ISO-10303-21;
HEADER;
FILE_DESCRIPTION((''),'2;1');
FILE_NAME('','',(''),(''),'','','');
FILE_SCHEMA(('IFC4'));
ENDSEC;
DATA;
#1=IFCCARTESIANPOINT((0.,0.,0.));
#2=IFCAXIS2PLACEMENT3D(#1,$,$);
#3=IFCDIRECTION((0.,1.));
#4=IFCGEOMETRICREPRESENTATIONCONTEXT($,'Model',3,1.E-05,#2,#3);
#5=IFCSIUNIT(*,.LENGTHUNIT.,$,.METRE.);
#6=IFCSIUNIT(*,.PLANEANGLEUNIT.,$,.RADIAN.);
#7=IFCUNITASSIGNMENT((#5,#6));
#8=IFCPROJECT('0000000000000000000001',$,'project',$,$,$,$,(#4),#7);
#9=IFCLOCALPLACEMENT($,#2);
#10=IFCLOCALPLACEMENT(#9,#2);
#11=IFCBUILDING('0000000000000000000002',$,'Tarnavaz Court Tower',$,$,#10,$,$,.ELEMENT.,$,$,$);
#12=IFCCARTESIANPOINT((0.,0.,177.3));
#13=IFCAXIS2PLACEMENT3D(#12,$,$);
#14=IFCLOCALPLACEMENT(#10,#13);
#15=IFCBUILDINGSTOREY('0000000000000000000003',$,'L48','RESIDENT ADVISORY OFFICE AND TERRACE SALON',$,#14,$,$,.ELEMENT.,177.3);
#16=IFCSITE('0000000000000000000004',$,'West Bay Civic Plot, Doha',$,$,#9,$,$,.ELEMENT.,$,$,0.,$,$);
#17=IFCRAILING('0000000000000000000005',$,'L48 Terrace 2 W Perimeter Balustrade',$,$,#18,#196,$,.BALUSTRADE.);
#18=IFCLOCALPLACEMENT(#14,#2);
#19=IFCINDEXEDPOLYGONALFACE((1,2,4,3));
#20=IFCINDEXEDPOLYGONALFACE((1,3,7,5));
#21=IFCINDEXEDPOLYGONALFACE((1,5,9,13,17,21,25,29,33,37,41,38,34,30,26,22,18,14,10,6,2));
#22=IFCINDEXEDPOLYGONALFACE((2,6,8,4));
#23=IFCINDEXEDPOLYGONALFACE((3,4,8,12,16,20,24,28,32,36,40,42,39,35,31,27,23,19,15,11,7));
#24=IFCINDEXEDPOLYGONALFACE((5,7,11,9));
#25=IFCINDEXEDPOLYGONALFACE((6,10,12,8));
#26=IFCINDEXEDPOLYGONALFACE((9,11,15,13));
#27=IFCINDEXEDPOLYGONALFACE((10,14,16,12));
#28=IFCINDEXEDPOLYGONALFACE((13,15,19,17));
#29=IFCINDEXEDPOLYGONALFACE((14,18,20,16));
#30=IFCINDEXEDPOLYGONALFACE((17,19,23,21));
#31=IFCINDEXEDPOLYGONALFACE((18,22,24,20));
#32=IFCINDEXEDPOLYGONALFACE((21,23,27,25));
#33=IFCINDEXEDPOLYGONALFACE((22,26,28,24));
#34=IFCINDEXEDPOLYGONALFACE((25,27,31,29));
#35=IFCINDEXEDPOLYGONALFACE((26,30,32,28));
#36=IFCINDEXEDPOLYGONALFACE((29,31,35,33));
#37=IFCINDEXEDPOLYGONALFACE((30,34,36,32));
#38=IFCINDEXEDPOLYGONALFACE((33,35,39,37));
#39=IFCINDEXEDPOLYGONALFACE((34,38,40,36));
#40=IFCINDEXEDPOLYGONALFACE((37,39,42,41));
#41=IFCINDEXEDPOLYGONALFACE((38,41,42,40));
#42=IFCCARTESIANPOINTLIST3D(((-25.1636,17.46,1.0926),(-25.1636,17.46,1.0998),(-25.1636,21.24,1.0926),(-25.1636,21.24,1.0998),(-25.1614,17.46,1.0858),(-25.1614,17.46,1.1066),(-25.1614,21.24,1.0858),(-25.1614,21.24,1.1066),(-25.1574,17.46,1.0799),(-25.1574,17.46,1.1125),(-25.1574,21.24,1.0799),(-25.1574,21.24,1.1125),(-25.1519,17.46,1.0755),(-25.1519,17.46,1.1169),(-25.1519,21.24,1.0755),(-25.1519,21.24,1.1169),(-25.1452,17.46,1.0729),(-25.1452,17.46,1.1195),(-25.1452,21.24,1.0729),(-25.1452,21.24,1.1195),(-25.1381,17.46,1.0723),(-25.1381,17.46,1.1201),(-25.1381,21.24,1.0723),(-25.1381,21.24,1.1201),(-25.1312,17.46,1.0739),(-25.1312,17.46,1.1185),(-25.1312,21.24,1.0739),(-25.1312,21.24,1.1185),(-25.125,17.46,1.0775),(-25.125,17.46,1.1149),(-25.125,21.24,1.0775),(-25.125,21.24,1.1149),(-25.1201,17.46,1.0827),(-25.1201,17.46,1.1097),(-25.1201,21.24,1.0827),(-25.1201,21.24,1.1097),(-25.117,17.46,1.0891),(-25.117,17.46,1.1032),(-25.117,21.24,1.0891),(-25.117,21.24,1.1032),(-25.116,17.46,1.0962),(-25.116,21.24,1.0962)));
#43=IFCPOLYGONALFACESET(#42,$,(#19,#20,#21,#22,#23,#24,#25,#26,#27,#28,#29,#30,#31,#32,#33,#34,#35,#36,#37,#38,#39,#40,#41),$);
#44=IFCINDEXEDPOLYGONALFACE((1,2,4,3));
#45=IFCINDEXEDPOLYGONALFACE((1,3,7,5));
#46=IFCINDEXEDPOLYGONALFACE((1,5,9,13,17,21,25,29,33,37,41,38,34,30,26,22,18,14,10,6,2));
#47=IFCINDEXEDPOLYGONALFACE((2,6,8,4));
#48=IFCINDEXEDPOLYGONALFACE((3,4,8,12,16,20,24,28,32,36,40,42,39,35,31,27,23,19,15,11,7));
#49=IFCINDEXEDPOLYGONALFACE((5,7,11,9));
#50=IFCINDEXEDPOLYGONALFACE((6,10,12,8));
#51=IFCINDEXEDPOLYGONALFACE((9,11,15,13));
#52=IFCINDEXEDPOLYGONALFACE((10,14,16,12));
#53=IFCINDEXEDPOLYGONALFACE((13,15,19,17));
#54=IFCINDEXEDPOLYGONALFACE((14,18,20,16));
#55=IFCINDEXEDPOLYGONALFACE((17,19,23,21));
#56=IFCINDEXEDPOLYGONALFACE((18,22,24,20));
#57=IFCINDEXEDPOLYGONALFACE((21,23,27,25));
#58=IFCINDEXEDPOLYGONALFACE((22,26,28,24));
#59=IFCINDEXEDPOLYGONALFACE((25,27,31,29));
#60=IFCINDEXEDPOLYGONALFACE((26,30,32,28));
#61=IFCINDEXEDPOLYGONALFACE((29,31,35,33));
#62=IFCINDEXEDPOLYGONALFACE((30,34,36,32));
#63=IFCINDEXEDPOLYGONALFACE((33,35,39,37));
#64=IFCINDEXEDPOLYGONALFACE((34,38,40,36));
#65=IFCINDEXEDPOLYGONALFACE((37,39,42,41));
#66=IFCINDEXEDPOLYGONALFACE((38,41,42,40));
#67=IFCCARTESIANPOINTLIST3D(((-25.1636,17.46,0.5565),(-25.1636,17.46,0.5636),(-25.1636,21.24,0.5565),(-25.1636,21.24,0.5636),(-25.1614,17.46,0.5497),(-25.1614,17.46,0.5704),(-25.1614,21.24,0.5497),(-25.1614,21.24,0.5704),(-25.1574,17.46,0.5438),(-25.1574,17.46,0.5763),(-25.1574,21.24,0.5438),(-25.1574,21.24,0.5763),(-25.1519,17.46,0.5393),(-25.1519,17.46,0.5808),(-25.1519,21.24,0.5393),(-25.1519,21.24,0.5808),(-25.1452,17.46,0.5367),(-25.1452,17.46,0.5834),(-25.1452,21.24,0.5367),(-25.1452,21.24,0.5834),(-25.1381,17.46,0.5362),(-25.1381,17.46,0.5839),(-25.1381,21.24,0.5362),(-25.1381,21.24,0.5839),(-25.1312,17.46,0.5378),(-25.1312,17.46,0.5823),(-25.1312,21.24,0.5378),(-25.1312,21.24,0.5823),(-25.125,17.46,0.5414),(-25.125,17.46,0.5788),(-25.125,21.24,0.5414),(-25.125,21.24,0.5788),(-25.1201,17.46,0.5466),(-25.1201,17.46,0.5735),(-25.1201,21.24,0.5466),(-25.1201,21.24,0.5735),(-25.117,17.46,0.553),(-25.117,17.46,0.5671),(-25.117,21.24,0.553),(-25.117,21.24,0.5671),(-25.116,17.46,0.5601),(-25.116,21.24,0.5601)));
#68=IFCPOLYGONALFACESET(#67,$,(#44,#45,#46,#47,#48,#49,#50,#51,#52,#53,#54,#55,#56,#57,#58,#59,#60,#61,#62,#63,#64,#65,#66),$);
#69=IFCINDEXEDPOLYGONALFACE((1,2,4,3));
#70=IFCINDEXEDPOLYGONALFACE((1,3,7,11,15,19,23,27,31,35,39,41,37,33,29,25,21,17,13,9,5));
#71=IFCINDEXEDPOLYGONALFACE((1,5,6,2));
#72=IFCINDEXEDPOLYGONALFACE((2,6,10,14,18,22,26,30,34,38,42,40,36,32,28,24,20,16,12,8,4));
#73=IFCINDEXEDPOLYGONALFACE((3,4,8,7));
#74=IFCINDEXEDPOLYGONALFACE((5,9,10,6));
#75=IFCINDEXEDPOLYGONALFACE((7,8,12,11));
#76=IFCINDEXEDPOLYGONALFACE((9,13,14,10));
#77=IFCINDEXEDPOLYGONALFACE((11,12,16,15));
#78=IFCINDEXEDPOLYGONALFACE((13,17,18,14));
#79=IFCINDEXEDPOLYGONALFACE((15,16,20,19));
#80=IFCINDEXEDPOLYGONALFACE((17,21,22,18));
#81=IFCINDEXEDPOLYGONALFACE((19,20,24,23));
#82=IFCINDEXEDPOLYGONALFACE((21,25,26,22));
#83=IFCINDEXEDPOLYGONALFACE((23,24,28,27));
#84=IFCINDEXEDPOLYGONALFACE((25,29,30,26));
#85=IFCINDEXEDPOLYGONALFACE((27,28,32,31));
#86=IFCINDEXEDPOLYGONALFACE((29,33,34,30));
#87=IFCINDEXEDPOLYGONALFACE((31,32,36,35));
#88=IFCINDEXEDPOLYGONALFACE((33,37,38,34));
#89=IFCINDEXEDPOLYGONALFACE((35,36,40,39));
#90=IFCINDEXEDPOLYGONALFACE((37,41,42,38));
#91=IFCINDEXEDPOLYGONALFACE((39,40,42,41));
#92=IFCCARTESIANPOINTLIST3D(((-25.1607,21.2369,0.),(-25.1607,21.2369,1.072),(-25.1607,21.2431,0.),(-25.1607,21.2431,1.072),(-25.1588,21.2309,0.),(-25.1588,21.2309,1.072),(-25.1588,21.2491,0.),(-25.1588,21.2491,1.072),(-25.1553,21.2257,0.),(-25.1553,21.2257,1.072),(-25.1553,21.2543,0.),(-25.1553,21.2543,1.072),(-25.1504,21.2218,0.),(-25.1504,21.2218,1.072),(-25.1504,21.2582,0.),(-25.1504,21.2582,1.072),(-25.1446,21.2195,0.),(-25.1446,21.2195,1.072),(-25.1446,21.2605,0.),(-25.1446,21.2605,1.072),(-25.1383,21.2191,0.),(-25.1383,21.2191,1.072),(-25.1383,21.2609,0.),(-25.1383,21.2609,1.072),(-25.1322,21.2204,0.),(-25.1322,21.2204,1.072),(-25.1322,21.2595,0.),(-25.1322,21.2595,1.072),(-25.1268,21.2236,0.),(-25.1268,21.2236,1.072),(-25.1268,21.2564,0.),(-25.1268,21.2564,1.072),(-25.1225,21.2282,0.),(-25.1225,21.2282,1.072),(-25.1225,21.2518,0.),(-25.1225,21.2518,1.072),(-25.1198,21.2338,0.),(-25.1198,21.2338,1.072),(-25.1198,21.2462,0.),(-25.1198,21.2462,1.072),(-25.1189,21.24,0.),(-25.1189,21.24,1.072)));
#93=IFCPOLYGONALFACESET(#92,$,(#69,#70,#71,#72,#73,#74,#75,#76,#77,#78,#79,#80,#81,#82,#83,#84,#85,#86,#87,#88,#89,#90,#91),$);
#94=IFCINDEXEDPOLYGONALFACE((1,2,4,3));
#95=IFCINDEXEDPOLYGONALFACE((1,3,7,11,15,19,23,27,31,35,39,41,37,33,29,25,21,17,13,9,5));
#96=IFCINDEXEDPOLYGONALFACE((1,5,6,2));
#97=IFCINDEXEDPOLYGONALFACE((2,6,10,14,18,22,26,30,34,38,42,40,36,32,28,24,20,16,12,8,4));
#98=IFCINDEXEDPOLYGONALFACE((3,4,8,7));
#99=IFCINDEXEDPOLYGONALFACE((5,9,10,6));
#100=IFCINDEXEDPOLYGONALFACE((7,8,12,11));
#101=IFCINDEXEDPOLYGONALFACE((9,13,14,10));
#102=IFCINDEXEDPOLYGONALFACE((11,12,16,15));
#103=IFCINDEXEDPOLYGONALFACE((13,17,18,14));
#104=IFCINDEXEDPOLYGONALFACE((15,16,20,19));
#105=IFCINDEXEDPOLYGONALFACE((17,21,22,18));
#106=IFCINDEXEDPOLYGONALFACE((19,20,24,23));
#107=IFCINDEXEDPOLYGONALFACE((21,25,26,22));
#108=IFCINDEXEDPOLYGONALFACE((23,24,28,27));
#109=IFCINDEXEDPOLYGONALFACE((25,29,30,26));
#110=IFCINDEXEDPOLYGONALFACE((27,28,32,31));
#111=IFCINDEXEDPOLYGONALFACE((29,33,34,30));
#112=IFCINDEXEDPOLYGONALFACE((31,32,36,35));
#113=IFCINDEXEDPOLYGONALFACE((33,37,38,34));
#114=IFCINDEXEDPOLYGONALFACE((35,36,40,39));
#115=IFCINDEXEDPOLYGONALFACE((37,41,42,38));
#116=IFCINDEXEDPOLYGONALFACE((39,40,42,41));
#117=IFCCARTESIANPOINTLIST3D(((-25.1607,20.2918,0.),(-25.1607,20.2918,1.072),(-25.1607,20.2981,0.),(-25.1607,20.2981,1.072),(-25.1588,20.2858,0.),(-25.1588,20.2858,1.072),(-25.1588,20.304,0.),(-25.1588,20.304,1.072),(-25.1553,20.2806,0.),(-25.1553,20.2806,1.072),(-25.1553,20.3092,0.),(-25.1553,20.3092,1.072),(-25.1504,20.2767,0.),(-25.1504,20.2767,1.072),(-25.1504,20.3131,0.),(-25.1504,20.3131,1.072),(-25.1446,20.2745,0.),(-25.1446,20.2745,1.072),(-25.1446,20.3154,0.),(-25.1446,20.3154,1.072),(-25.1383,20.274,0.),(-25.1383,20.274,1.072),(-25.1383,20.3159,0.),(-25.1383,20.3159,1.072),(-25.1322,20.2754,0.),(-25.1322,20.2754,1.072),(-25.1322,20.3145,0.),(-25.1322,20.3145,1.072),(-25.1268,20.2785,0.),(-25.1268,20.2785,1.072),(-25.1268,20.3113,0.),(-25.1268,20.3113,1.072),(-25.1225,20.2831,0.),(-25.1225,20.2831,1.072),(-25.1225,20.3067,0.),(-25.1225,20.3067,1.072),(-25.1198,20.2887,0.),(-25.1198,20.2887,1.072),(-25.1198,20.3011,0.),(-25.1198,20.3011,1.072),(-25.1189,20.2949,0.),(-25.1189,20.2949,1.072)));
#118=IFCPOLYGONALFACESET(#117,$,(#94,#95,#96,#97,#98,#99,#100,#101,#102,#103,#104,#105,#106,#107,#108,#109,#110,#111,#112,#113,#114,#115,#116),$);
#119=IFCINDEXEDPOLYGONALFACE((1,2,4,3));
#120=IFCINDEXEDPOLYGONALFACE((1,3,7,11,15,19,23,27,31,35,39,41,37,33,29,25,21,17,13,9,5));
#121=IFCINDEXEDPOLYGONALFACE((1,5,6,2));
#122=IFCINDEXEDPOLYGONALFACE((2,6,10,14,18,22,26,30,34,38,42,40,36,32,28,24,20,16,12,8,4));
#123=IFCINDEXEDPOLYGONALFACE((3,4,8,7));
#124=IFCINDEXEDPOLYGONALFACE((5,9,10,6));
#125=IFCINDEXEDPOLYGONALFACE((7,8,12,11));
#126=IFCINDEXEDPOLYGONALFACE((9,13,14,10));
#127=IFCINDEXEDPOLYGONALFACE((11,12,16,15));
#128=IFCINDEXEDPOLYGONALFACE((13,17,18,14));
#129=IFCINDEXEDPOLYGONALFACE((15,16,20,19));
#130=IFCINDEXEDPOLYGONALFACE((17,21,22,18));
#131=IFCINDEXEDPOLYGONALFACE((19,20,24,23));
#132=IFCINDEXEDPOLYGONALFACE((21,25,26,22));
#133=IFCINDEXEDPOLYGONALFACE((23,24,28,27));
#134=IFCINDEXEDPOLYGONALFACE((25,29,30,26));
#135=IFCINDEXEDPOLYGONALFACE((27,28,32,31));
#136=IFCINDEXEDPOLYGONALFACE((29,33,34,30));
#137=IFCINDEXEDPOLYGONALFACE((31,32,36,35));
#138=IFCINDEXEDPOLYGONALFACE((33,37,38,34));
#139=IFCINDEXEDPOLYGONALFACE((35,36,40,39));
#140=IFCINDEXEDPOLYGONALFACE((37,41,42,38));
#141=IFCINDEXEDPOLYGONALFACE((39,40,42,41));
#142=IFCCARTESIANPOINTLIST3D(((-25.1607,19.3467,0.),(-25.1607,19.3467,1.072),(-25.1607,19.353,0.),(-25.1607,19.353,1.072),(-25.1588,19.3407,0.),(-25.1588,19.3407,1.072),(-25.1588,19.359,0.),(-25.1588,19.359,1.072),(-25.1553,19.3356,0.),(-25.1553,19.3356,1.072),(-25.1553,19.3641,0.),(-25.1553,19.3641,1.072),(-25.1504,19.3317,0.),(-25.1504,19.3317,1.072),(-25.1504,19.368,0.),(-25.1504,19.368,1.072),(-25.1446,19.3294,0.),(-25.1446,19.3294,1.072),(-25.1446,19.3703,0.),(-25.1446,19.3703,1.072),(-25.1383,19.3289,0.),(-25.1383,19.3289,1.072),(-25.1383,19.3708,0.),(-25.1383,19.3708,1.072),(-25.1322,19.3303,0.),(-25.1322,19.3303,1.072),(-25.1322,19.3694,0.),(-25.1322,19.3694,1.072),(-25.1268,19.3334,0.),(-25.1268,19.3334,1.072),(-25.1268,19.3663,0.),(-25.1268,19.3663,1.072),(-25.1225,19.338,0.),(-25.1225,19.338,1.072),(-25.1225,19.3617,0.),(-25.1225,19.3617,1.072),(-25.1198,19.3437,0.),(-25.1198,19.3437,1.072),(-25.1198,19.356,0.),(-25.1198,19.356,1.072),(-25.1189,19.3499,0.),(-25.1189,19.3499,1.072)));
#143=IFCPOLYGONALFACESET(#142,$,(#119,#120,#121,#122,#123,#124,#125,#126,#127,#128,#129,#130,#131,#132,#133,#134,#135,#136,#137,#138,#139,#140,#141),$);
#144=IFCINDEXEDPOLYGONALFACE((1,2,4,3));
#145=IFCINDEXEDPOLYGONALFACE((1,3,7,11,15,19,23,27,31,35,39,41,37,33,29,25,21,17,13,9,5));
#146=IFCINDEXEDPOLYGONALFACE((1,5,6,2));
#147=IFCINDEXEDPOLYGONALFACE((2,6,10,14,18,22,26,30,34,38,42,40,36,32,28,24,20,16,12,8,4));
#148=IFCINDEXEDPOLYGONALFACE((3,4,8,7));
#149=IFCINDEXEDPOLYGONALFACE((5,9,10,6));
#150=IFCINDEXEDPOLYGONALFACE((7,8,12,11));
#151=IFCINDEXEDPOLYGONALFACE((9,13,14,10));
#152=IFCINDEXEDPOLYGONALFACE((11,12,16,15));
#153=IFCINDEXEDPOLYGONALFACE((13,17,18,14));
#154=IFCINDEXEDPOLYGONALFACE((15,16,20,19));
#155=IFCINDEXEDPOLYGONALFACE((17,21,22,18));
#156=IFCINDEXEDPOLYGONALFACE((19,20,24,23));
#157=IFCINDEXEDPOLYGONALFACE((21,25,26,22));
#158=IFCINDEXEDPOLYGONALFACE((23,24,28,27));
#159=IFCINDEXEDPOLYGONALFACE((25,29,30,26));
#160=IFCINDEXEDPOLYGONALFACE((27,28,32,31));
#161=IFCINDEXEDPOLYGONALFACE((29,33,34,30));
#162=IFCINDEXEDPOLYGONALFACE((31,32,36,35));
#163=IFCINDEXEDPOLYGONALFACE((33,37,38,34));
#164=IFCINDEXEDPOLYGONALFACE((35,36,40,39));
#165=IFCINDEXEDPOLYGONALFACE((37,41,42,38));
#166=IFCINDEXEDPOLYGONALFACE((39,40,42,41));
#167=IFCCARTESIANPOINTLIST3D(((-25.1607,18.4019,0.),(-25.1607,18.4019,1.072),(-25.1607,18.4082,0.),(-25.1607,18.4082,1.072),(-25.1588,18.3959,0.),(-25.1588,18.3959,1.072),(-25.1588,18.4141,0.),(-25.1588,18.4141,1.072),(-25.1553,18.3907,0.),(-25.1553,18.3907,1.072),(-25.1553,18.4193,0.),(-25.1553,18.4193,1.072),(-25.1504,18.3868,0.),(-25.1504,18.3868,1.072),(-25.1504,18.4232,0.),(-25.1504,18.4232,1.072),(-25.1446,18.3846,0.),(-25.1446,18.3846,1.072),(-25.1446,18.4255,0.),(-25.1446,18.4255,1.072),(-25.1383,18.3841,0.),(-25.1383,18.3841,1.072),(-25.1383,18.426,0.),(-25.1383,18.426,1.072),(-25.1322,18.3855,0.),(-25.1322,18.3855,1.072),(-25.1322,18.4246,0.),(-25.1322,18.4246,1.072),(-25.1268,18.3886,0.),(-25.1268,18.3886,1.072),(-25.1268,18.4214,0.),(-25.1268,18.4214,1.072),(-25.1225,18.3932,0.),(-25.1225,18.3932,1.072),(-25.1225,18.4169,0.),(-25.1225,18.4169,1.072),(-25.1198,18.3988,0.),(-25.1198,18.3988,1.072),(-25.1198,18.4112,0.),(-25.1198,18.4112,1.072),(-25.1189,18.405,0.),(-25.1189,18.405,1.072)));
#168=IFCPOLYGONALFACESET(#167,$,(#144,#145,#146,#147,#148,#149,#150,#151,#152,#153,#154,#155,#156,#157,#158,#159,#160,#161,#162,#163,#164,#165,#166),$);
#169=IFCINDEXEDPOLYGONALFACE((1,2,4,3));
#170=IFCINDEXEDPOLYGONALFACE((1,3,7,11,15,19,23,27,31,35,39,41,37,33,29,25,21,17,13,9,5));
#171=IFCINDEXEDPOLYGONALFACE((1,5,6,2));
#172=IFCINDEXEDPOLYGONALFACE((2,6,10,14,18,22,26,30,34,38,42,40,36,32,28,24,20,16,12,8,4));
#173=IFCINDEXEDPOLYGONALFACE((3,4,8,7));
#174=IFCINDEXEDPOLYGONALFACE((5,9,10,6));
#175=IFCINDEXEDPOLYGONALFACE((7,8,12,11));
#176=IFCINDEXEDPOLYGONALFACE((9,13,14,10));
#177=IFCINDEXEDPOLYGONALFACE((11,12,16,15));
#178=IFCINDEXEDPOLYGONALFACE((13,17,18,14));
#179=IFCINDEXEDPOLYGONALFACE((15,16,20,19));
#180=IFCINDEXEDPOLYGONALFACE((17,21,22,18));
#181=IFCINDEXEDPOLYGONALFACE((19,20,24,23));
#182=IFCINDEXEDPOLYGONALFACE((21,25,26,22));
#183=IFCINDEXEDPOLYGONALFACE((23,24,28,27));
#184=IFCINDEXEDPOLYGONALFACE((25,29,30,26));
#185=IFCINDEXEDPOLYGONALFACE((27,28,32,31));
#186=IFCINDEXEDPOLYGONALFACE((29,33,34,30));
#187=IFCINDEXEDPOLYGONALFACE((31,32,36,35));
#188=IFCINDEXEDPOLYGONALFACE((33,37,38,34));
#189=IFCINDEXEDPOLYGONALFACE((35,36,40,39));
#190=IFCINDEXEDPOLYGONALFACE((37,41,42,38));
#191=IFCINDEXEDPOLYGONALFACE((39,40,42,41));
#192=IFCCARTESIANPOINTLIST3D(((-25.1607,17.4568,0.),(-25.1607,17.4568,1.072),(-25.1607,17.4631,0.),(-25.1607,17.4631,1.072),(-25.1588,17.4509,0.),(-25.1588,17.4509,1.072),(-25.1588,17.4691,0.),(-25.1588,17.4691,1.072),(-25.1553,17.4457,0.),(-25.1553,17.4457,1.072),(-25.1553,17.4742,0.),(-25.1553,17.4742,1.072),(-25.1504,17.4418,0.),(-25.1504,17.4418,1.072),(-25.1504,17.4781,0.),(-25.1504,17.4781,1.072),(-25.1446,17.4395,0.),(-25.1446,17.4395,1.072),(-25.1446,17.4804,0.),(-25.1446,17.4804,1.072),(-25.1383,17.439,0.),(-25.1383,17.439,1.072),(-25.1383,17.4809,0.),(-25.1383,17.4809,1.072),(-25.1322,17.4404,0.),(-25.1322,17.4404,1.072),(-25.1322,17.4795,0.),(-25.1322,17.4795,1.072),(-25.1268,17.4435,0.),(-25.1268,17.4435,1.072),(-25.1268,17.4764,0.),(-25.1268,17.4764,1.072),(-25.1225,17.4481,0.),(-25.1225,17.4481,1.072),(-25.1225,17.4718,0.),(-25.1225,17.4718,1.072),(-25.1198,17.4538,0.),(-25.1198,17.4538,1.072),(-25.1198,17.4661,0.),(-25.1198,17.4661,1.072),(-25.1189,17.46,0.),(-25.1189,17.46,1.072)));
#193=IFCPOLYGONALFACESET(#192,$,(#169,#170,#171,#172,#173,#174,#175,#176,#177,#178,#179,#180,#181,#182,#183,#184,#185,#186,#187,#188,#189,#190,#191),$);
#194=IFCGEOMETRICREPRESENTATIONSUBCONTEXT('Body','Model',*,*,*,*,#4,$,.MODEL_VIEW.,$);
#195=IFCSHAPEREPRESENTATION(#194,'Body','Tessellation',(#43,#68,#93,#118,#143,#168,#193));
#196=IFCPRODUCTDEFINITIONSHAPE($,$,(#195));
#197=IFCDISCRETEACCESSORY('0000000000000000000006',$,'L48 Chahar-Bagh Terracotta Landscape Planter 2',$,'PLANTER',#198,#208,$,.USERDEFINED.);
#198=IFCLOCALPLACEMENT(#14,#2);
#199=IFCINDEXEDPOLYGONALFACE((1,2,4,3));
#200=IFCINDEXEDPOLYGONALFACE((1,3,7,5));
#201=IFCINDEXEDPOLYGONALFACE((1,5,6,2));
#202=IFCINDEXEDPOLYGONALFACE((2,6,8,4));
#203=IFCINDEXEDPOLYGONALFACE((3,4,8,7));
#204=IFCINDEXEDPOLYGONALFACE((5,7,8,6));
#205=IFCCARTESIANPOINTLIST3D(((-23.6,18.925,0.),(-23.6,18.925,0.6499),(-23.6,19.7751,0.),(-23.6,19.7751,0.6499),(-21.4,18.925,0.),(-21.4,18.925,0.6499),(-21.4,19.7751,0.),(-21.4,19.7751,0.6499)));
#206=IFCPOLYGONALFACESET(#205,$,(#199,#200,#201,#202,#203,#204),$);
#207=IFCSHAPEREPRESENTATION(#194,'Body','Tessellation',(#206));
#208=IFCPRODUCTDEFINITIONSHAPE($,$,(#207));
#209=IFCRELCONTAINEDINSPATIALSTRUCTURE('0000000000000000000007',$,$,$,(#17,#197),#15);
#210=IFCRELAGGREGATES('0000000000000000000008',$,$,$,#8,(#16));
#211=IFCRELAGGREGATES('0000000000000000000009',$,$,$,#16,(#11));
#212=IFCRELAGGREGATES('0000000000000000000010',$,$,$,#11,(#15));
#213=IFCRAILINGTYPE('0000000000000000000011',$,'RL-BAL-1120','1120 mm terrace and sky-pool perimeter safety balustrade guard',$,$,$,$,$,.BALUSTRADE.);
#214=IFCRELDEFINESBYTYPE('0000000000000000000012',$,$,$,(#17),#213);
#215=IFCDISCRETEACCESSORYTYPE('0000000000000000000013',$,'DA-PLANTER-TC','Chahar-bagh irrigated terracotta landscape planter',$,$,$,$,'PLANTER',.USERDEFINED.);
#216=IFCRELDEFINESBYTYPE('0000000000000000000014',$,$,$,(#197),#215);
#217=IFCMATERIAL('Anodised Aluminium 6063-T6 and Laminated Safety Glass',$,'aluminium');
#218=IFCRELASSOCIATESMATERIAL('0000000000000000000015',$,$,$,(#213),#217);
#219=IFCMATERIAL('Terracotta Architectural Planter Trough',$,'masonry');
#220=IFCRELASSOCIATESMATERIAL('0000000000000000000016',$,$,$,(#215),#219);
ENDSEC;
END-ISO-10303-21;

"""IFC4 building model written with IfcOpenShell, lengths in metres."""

from ifc_helpers import new_model, si_unit, direction, frame, origin, origin_2d, place, context, subcontext, project, spatial, rectangle, circle, extrude, material, type_object, element, save


model = new_model("IFC4")

# Units and contexts
model_context = context("Model", 3, precision=1e-05, world=origin(), true_north=direction((0.0, 1.0)))
body_context = subcontext(model_context, "Body", "Model", "MODEL_VIEW")
ifc_project = project(units=[si_unit("LENGTHUNIT", "METRE"), si_unit("PLANEANGLEUNIT", "RADIAN")], contexts=[model_context])

# Site, building, storey
site_placement = place(None, origin())
site = spatial("IfcSite", under=ifc_project, at=site_placement, Name="West Bay Civic Plot, Doha", CompositionType="ELEMENT", RefElevation=0.0)
building_placement = place(site_placement, origin())
building = spatial("IfcBuilding", under=site, at=building_placement, Name="Tarnavaz Court Tower", CompositionType="ELEMENT")
storey_placement = place(building_placement, frame((0.0, 0.0, 177.3)))
storey = spatial("IfcBuildingStorey", under=building, at=storey_placement, Name="L48", Description="RESIDENT ADVISORY OFFICE AND TERRACE SALON", CompositionType="ELEMENT", Elevation=177.3)

# Railing
ifc_material_1 = material(Name="Anodised Aluminium 6063-T6 and Laminated Safety Glass", Category="aluminium")
railing_type = type_object("IfcRailingType", Name="RL-BAL-1120", Description="1120 mm terrace and sky-pool perimeter safety balustrade guard", PredefinedType="BALUSTRADE", material=ifc_material_1)
railing_1_placement = place(storey_placement, frame((-25.1399, 21.24, 0.0)))
element("IfcRailing", 1, at=railing_1_placement, inside=storey, type_object=railing_type, Name="L48 Terrace 2 W Perimeter Balustrade", PredefinedType="BALUSTRADE", context=body_context, shape_type="SweptSolid", body=[
    extrude(circle(Radius=0.0239, at=origin_2d()), frame((0.0, 0.0, 1.0962), z_axis=(0.0, -1.0, 0.0), x_axis=(1.0, 0.0, 0.0)), (0.0, 0.0, 1.0), 3.78),
    extrude(circle(Radius=0.0239, at=origin_2d()), frame((0.0, 0.0, 0.5601), z_axis=(0.0, -1.0, 0.0), x_axis=(1.0, 0.0, 0.0)), (0.0, 0.0, 1.0), 3.78),
    extrude(circle(Radius=0.021, at=origin_2d()), origin(), (0.0, 0.0, 1.0), 1.072),
    extrude(circle(Radius=0.021, at=origin_2d()), frame((0.0, -0.9451, 0.0)), (0.0, 0.0, 1.0), 1.072),
    extrude(circle(Radius=0.021, at=origin_2d()), frame((0.0, -1.8901, 0.0)), (0.0, 0.0, 1.0), 1.072),
    extrude(circle(Radius=0.021, at=origin_2d()), frame((0.0, -2.835, 0.0)), (0.0, 0.0, 1.0), 1.072),
    extrude(circle(Radius=0.021, at=origin_2d()), frame((0.0, -3.78, 0.0)), (0.0, 0.0, 1.0), 1.072),
])

# Discrete accessory
ifc_material_2 = material(Name="Terracotta Architectural Planter Trough", Category="masonry")
discrete_accessory_type = type_object("IfcDiscreteAccessoryType", Name="DA-PLANTER-TC", Description="Chahar-bagh irrigated terracotta landscape planter", ElementType="PLANTER", PredefinedType="USERDEFINED", material=ifc_material_2)
discrete_accessory_placement = place(storey_placement, frame((-22.5, 19.3501, 0.0), z_axis=(0.0, 0.0, 1.0), x_axis=(1.0, 0.0, 0.0)))
element("IfcDiscreteAccessory", 2, at=discrete_accessory_placement, inside=storey, type_object=discrete_accessory_type, Name="L48 Chahar-Bagh Terracotta Landscape Planter 2", ObjectType="PLANTER", PredefinedType="USERDEFINED", context=body_context, shape_type="SweptSolid", body=[
    extrude(rectangle(XDim=2.2, YDim=0.8501, at=origin_2d()), origin(), (0.0, 0.0, 1.0), 0.6499),
])

save(model, "model.ifc")
